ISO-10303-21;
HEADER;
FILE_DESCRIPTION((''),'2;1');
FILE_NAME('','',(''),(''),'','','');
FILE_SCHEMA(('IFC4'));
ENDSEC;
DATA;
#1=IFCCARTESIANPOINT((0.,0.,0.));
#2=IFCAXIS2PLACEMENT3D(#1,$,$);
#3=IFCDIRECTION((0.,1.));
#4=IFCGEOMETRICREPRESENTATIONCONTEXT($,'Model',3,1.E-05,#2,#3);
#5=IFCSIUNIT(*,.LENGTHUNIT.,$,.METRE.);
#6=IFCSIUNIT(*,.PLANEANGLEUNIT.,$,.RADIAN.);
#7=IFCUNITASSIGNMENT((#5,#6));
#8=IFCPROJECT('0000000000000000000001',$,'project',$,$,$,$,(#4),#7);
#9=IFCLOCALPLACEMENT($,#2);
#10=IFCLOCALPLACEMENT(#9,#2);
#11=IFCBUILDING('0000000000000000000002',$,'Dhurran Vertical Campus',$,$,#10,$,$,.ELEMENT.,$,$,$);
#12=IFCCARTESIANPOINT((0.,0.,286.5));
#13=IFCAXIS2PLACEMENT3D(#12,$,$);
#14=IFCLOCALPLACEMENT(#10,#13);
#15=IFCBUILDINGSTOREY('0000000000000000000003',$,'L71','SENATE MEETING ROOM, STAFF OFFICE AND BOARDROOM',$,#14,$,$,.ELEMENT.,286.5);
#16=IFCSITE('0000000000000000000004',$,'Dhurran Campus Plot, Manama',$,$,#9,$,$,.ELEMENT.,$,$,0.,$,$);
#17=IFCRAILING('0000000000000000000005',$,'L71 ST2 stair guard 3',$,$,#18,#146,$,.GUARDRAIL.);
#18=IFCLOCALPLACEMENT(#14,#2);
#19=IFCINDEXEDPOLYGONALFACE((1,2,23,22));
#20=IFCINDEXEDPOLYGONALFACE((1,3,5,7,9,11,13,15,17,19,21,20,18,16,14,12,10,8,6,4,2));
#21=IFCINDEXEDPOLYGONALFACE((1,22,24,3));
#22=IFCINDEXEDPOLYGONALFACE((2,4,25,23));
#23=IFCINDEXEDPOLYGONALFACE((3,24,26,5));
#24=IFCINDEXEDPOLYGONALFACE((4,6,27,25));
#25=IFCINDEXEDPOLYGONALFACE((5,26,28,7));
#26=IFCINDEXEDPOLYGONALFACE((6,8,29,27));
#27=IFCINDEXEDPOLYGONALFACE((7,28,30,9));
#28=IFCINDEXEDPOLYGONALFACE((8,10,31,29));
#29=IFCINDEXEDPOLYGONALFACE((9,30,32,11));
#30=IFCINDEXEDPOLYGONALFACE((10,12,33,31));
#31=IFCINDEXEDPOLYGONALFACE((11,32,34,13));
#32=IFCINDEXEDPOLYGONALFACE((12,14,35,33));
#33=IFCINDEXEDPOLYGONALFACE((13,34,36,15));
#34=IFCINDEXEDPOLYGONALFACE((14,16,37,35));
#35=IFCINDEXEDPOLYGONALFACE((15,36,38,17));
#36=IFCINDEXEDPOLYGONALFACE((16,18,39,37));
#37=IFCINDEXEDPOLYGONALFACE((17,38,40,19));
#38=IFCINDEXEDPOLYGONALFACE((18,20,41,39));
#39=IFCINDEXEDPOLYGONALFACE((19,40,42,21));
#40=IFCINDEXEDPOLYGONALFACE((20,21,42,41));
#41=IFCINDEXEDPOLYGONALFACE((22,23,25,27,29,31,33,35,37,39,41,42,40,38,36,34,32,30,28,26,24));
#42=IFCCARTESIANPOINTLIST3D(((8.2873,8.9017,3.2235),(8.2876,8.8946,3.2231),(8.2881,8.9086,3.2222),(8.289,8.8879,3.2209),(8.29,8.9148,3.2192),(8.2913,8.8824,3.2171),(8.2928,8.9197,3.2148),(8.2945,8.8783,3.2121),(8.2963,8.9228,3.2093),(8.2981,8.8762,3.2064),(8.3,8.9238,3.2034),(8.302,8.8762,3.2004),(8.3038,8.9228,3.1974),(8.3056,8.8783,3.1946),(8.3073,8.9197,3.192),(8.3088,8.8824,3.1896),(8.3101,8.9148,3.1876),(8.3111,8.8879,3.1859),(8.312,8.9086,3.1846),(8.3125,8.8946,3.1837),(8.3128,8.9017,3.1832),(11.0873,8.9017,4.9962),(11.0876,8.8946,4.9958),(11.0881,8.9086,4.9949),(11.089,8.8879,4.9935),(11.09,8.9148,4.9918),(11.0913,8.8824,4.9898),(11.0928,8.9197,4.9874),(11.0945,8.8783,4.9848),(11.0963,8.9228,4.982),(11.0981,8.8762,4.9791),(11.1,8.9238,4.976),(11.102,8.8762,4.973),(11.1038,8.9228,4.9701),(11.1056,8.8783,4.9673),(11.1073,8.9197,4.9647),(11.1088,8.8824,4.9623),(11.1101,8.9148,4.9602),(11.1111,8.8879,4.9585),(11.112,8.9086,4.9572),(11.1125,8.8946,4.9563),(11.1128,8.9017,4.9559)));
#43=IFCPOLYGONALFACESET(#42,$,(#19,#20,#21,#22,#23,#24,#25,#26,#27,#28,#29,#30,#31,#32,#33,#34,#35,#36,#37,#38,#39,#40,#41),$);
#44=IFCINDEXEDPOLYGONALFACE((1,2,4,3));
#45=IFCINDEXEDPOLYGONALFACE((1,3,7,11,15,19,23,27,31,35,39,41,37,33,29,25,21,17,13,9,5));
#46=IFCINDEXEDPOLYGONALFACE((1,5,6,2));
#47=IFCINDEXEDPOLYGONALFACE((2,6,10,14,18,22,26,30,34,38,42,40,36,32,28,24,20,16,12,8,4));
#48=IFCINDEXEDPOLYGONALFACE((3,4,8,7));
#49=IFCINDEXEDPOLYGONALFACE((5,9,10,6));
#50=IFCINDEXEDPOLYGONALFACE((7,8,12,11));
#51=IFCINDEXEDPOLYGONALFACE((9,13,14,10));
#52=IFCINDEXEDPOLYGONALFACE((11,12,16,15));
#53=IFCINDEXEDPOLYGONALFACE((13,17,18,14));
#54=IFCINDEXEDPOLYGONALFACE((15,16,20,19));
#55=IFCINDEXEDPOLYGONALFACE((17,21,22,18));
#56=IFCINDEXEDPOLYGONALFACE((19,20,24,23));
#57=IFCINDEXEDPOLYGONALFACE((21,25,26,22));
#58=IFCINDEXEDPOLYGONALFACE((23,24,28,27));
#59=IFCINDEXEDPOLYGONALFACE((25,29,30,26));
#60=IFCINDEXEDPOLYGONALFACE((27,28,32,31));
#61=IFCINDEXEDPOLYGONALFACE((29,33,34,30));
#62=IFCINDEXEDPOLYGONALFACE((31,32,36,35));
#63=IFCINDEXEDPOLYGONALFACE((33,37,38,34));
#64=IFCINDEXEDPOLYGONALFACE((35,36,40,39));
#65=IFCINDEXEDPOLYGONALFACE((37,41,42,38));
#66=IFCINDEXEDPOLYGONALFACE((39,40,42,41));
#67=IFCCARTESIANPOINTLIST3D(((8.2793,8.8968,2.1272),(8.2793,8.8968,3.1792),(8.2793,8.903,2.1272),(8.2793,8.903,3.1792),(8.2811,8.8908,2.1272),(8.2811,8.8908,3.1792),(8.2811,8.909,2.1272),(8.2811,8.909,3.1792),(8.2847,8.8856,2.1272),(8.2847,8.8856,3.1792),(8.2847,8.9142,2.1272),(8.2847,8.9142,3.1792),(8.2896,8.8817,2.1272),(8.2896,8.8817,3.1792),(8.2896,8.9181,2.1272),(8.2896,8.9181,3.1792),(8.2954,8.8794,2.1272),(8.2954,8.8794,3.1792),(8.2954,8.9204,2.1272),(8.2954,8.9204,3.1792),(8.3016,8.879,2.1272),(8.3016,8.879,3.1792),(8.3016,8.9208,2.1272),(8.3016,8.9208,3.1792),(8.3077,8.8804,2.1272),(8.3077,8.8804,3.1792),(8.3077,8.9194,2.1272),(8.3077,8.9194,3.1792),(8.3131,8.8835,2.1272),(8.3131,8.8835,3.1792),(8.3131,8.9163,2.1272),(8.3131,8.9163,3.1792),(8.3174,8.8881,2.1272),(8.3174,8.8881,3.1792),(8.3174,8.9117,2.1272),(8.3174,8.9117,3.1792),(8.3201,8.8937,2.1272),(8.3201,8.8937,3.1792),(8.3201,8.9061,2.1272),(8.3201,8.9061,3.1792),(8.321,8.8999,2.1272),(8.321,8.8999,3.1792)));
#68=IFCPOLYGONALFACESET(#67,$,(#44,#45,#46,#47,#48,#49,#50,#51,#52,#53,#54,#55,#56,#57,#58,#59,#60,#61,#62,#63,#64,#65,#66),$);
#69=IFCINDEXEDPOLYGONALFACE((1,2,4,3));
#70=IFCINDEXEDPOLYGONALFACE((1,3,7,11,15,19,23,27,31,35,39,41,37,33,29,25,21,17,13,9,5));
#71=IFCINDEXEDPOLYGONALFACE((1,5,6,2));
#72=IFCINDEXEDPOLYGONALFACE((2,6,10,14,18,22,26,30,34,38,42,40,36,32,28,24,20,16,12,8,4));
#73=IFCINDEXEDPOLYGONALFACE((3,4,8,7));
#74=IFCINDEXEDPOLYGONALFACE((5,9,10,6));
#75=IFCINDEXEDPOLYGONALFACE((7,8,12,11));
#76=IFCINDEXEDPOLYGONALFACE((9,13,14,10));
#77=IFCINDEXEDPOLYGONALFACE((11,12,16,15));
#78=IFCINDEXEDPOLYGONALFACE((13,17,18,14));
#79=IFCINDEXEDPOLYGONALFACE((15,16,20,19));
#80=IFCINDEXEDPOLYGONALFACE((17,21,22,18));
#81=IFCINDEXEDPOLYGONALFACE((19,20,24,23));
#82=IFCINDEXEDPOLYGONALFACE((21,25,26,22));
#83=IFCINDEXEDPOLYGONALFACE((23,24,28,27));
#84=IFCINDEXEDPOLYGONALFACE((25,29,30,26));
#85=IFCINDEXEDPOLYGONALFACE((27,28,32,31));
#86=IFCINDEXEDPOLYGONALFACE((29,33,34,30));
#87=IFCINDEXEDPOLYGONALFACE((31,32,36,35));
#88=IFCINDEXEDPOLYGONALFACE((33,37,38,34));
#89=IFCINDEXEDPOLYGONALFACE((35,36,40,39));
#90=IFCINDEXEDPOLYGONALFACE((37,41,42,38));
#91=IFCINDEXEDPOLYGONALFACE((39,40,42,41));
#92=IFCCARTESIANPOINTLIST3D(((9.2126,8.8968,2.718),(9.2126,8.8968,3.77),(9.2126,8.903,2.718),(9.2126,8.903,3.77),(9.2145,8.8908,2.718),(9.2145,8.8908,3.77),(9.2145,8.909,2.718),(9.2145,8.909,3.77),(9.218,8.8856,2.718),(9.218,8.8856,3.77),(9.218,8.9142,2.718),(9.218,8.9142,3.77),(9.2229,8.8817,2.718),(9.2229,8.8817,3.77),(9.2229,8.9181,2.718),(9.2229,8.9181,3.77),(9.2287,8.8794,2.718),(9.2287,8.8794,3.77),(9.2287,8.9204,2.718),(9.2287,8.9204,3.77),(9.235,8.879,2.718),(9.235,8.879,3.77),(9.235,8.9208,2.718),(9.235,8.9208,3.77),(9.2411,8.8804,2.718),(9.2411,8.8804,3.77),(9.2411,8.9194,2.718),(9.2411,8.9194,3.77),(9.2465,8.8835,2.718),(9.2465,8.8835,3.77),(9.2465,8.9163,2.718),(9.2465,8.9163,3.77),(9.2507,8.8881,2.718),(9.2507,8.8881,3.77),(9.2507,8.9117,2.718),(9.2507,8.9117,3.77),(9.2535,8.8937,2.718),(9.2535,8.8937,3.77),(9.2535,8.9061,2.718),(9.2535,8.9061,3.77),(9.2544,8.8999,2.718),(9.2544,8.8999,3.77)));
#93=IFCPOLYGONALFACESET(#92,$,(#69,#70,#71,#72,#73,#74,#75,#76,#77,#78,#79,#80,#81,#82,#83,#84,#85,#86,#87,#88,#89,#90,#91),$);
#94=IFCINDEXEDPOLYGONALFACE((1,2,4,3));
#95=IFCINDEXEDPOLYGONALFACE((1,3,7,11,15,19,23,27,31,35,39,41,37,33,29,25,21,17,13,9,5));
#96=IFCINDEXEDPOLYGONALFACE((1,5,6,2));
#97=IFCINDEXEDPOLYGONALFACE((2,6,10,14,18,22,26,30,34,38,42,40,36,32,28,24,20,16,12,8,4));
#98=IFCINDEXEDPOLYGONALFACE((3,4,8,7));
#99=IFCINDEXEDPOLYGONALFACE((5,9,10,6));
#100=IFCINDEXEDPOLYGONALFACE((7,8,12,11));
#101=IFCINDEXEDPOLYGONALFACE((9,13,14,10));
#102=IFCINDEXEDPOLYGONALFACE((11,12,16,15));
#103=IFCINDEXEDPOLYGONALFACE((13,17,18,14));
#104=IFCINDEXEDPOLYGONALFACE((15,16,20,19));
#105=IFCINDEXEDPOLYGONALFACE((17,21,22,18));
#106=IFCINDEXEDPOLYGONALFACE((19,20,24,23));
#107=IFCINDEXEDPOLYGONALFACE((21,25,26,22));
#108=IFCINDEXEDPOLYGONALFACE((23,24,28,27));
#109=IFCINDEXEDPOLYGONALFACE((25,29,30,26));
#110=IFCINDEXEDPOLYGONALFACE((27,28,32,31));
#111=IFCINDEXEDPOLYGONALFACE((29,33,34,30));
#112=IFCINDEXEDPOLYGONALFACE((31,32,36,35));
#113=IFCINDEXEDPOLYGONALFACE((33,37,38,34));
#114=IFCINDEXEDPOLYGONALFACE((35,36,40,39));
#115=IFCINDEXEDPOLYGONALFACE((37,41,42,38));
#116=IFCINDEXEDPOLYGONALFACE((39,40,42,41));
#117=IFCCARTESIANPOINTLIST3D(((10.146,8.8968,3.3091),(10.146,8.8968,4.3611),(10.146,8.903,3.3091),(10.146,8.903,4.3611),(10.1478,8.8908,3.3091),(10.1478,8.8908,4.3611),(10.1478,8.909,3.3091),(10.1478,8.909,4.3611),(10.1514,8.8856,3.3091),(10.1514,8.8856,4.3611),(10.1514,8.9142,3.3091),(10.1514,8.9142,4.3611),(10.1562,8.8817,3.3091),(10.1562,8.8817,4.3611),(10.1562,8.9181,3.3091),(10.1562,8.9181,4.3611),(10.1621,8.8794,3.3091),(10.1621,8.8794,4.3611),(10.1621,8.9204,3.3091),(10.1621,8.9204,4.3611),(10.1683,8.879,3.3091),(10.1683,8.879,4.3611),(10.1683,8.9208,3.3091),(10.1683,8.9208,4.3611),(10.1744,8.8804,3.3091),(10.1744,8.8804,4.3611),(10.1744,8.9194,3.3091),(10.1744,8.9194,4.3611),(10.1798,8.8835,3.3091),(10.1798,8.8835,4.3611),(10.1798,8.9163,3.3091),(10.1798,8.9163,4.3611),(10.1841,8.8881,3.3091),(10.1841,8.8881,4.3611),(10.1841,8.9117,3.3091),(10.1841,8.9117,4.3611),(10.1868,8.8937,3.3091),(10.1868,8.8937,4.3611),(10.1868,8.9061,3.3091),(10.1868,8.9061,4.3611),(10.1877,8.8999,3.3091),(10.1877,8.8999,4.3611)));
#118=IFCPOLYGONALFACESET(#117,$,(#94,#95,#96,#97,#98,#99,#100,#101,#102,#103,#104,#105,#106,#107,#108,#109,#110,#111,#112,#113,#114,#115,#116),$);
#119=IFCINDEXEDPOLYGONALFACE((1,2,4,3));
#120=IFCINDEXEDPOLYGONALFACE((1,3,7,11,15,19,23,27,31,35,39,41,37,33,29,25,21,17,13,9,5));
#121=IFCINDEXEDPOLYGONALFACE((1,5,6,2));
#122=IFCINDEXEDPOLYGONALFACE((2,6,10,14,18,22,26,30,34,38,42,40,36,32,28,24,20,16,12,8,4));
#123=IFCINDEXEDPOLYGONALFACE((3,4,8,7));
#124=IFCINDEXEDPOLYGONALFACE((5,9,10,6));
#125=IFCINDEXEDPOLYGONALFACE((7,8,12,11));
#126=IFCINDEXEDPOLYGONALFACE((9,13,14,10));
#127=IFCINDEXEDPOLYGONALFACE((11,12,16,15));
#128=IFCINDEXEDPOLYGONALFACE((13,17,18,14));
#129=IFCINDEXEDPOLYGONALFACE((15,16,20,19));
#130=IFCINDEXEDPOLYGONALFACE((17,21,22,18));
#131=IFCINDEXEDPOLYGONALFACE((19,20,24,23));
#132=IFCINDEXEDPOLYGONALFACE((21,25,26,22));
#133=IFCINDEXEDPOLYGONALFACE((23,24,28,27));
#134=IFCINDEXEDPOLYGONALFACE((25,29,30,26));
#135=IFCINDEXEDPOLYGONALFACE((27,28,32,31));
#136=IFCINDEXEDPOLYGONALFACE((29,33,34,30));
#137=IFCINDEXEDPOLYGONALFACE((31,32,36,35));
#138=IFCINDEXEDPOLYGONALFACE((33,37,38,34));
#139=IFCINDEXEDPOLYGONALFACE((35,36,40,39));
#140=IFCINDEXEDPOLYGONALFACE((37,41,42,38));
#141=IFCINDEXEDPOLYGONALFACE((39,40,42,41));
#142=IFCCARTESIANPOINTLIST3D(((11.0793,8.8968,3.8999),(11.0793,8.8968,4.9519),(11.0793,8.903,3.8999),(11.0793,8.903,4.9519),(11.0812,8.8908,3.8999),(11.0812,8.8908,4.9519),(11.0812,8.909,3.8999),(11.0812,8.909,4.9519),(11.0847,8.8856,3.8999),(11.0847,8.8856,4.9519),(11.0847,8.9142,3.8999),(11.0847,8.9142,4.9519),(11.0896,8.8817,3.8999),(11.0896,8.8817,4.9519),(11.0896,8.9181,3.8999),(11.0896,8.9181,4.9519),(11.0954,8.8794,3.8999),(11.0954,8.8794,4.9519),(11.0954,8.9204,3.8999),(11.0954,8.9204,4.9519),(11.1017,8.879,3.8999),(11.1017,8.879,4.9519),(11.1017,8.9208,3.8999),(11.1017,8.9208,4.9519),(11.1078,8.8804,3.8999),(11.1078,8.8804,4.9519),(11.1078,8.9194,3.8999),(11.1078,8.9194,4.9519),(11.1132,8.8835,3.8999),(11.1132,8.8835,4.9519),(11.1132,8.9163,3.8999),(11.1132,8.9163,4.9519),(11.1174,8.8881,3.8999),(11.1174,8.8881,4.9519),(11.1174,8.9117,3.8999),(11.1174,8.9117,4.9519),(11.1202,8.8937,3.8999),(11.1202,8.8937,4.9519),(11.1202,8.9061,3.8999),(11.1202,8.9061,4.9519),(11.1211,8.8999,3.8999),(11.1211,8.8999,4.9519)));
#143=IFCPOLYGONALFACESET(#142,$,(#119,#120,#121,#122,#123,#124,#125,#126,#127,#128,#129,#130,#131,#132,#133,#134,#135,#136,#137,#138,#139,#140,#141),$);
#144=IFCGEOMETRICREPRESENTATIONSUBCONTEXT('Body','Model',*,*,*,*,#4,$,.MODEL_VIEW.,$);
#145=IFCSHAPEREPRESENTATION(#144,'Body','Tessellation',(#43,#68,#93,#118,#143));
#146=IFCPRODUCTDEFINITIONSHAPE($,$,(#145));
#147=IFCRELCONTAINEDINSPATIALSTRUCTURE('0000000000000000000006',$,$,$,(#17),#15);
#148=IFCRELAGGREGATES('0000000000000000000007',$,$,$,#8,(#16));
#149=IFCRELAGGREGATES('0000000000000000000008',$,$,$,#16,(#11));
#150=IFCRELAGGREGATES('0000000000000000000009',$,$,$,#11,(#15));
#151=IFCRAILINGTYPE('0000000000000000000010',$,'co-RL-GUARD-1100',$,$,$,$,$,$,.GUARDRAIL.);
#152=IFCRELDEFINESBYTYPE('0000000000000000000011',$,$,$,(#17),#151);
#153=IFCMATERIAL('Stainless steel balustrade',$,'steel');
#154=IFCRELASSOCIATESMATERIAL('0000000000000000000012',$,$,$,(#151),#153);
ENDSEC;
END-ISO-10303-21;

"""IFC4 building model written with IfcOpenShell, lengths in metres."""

from ifc_helpers import new_model, si_unit, direction, frame, origin, origin_2d, place, context, subcontext, project, spatial, circle, extrude, material, type_object, element, save


model = new_model("IFC4")

# Units and contexts
model_context = context("Model", 3, precision=1e-05, world=origin(), true_north=direction((0.0, 1.0)))
body_context = subcontext(model_context, "Body", "Model", "MODEL_VIEW")
ifc_project = project(units=[si_unit("LENGTHUNIT", "METRE"), si_unit("PLANEANGLEUNIT", "RADIAN")], contexts=[model_context])

# Site, building, storey
site_placement = place(None, origin())
site = spatial("IfcSite", under=ifc_project, at=site_placement, Name="Dhurran Campus Plot, Manama", CompositionType="ELEMENT", RefElevation=0.0)
building_placement = place(site_placement, origin())
building = spatial("IfcBuilding", under=site, at=building_placement, Name="Dhurran Vertical Campus", CompositionType="ELEMENT")
storey_placement = place(building_placement, frame((0.0, 0.0, 286.5)))
storey = spatial("IfcBuildingStorey", under=building, at=storey_placement, Name="L71", Description="SENATE MEETING ROOM, STAFF OFFICE AND BOARDROOM", CompositionType="ELEMENT", Elevation=286.5)

# Railing
ifc_material_1 = material(Name="Stainless steel balustrade", Category="steel")
railing_type_1 = type_object("IfcRailingType", Name="co-RL-GUARD-1100", PredefinedType="GUARDRAIL", material=ifc_material_1)
railing_1_placement = place(storey_placement, frame((8.3, 8.8999, 2.1272)))
element("IfcRailing", 1, at=railing_1_placement, inside=storey, type_object=railing_type_1, Name="L71 ST2 stair guard 3", PredefinedType="GUARDRAIL", context=body_context, shape_type="SweptSolid", body=[
    extrude(circle(Radius=0.0239, at=origin_2d()), frame((0.0, 0.0, 1.0762), z_axis=(0.844909, 0.0, 0.53491), x_axis=(0.0, 1.0, 0.0)), (0.0, 0.0, 1.0), 3.314),
    extrude(circle(Radius=0.021, at=origin_2d()), origin(), (0.0, 0.0, 1.0), 1.052),
    extrude(circle(Radius=0.021, at=origin_2d()), frame((0.9333, 0.0, 0.5908)), (0.0, 0.0, 1.0), 1.052),
    extrude(circle(Radius=0.021, at=origin_2d()), frame((1.8667, 0.0, 1.1819)), (0.0, 0.0, 1.0), 1.052),
    extrude(circle(Radius=0.021, at=origin_2d()), frame((2.8, 0.0, 1.7727)), (0.0, 0.0, 1.0), 1.052),
])

save(model, "model.ifc")
